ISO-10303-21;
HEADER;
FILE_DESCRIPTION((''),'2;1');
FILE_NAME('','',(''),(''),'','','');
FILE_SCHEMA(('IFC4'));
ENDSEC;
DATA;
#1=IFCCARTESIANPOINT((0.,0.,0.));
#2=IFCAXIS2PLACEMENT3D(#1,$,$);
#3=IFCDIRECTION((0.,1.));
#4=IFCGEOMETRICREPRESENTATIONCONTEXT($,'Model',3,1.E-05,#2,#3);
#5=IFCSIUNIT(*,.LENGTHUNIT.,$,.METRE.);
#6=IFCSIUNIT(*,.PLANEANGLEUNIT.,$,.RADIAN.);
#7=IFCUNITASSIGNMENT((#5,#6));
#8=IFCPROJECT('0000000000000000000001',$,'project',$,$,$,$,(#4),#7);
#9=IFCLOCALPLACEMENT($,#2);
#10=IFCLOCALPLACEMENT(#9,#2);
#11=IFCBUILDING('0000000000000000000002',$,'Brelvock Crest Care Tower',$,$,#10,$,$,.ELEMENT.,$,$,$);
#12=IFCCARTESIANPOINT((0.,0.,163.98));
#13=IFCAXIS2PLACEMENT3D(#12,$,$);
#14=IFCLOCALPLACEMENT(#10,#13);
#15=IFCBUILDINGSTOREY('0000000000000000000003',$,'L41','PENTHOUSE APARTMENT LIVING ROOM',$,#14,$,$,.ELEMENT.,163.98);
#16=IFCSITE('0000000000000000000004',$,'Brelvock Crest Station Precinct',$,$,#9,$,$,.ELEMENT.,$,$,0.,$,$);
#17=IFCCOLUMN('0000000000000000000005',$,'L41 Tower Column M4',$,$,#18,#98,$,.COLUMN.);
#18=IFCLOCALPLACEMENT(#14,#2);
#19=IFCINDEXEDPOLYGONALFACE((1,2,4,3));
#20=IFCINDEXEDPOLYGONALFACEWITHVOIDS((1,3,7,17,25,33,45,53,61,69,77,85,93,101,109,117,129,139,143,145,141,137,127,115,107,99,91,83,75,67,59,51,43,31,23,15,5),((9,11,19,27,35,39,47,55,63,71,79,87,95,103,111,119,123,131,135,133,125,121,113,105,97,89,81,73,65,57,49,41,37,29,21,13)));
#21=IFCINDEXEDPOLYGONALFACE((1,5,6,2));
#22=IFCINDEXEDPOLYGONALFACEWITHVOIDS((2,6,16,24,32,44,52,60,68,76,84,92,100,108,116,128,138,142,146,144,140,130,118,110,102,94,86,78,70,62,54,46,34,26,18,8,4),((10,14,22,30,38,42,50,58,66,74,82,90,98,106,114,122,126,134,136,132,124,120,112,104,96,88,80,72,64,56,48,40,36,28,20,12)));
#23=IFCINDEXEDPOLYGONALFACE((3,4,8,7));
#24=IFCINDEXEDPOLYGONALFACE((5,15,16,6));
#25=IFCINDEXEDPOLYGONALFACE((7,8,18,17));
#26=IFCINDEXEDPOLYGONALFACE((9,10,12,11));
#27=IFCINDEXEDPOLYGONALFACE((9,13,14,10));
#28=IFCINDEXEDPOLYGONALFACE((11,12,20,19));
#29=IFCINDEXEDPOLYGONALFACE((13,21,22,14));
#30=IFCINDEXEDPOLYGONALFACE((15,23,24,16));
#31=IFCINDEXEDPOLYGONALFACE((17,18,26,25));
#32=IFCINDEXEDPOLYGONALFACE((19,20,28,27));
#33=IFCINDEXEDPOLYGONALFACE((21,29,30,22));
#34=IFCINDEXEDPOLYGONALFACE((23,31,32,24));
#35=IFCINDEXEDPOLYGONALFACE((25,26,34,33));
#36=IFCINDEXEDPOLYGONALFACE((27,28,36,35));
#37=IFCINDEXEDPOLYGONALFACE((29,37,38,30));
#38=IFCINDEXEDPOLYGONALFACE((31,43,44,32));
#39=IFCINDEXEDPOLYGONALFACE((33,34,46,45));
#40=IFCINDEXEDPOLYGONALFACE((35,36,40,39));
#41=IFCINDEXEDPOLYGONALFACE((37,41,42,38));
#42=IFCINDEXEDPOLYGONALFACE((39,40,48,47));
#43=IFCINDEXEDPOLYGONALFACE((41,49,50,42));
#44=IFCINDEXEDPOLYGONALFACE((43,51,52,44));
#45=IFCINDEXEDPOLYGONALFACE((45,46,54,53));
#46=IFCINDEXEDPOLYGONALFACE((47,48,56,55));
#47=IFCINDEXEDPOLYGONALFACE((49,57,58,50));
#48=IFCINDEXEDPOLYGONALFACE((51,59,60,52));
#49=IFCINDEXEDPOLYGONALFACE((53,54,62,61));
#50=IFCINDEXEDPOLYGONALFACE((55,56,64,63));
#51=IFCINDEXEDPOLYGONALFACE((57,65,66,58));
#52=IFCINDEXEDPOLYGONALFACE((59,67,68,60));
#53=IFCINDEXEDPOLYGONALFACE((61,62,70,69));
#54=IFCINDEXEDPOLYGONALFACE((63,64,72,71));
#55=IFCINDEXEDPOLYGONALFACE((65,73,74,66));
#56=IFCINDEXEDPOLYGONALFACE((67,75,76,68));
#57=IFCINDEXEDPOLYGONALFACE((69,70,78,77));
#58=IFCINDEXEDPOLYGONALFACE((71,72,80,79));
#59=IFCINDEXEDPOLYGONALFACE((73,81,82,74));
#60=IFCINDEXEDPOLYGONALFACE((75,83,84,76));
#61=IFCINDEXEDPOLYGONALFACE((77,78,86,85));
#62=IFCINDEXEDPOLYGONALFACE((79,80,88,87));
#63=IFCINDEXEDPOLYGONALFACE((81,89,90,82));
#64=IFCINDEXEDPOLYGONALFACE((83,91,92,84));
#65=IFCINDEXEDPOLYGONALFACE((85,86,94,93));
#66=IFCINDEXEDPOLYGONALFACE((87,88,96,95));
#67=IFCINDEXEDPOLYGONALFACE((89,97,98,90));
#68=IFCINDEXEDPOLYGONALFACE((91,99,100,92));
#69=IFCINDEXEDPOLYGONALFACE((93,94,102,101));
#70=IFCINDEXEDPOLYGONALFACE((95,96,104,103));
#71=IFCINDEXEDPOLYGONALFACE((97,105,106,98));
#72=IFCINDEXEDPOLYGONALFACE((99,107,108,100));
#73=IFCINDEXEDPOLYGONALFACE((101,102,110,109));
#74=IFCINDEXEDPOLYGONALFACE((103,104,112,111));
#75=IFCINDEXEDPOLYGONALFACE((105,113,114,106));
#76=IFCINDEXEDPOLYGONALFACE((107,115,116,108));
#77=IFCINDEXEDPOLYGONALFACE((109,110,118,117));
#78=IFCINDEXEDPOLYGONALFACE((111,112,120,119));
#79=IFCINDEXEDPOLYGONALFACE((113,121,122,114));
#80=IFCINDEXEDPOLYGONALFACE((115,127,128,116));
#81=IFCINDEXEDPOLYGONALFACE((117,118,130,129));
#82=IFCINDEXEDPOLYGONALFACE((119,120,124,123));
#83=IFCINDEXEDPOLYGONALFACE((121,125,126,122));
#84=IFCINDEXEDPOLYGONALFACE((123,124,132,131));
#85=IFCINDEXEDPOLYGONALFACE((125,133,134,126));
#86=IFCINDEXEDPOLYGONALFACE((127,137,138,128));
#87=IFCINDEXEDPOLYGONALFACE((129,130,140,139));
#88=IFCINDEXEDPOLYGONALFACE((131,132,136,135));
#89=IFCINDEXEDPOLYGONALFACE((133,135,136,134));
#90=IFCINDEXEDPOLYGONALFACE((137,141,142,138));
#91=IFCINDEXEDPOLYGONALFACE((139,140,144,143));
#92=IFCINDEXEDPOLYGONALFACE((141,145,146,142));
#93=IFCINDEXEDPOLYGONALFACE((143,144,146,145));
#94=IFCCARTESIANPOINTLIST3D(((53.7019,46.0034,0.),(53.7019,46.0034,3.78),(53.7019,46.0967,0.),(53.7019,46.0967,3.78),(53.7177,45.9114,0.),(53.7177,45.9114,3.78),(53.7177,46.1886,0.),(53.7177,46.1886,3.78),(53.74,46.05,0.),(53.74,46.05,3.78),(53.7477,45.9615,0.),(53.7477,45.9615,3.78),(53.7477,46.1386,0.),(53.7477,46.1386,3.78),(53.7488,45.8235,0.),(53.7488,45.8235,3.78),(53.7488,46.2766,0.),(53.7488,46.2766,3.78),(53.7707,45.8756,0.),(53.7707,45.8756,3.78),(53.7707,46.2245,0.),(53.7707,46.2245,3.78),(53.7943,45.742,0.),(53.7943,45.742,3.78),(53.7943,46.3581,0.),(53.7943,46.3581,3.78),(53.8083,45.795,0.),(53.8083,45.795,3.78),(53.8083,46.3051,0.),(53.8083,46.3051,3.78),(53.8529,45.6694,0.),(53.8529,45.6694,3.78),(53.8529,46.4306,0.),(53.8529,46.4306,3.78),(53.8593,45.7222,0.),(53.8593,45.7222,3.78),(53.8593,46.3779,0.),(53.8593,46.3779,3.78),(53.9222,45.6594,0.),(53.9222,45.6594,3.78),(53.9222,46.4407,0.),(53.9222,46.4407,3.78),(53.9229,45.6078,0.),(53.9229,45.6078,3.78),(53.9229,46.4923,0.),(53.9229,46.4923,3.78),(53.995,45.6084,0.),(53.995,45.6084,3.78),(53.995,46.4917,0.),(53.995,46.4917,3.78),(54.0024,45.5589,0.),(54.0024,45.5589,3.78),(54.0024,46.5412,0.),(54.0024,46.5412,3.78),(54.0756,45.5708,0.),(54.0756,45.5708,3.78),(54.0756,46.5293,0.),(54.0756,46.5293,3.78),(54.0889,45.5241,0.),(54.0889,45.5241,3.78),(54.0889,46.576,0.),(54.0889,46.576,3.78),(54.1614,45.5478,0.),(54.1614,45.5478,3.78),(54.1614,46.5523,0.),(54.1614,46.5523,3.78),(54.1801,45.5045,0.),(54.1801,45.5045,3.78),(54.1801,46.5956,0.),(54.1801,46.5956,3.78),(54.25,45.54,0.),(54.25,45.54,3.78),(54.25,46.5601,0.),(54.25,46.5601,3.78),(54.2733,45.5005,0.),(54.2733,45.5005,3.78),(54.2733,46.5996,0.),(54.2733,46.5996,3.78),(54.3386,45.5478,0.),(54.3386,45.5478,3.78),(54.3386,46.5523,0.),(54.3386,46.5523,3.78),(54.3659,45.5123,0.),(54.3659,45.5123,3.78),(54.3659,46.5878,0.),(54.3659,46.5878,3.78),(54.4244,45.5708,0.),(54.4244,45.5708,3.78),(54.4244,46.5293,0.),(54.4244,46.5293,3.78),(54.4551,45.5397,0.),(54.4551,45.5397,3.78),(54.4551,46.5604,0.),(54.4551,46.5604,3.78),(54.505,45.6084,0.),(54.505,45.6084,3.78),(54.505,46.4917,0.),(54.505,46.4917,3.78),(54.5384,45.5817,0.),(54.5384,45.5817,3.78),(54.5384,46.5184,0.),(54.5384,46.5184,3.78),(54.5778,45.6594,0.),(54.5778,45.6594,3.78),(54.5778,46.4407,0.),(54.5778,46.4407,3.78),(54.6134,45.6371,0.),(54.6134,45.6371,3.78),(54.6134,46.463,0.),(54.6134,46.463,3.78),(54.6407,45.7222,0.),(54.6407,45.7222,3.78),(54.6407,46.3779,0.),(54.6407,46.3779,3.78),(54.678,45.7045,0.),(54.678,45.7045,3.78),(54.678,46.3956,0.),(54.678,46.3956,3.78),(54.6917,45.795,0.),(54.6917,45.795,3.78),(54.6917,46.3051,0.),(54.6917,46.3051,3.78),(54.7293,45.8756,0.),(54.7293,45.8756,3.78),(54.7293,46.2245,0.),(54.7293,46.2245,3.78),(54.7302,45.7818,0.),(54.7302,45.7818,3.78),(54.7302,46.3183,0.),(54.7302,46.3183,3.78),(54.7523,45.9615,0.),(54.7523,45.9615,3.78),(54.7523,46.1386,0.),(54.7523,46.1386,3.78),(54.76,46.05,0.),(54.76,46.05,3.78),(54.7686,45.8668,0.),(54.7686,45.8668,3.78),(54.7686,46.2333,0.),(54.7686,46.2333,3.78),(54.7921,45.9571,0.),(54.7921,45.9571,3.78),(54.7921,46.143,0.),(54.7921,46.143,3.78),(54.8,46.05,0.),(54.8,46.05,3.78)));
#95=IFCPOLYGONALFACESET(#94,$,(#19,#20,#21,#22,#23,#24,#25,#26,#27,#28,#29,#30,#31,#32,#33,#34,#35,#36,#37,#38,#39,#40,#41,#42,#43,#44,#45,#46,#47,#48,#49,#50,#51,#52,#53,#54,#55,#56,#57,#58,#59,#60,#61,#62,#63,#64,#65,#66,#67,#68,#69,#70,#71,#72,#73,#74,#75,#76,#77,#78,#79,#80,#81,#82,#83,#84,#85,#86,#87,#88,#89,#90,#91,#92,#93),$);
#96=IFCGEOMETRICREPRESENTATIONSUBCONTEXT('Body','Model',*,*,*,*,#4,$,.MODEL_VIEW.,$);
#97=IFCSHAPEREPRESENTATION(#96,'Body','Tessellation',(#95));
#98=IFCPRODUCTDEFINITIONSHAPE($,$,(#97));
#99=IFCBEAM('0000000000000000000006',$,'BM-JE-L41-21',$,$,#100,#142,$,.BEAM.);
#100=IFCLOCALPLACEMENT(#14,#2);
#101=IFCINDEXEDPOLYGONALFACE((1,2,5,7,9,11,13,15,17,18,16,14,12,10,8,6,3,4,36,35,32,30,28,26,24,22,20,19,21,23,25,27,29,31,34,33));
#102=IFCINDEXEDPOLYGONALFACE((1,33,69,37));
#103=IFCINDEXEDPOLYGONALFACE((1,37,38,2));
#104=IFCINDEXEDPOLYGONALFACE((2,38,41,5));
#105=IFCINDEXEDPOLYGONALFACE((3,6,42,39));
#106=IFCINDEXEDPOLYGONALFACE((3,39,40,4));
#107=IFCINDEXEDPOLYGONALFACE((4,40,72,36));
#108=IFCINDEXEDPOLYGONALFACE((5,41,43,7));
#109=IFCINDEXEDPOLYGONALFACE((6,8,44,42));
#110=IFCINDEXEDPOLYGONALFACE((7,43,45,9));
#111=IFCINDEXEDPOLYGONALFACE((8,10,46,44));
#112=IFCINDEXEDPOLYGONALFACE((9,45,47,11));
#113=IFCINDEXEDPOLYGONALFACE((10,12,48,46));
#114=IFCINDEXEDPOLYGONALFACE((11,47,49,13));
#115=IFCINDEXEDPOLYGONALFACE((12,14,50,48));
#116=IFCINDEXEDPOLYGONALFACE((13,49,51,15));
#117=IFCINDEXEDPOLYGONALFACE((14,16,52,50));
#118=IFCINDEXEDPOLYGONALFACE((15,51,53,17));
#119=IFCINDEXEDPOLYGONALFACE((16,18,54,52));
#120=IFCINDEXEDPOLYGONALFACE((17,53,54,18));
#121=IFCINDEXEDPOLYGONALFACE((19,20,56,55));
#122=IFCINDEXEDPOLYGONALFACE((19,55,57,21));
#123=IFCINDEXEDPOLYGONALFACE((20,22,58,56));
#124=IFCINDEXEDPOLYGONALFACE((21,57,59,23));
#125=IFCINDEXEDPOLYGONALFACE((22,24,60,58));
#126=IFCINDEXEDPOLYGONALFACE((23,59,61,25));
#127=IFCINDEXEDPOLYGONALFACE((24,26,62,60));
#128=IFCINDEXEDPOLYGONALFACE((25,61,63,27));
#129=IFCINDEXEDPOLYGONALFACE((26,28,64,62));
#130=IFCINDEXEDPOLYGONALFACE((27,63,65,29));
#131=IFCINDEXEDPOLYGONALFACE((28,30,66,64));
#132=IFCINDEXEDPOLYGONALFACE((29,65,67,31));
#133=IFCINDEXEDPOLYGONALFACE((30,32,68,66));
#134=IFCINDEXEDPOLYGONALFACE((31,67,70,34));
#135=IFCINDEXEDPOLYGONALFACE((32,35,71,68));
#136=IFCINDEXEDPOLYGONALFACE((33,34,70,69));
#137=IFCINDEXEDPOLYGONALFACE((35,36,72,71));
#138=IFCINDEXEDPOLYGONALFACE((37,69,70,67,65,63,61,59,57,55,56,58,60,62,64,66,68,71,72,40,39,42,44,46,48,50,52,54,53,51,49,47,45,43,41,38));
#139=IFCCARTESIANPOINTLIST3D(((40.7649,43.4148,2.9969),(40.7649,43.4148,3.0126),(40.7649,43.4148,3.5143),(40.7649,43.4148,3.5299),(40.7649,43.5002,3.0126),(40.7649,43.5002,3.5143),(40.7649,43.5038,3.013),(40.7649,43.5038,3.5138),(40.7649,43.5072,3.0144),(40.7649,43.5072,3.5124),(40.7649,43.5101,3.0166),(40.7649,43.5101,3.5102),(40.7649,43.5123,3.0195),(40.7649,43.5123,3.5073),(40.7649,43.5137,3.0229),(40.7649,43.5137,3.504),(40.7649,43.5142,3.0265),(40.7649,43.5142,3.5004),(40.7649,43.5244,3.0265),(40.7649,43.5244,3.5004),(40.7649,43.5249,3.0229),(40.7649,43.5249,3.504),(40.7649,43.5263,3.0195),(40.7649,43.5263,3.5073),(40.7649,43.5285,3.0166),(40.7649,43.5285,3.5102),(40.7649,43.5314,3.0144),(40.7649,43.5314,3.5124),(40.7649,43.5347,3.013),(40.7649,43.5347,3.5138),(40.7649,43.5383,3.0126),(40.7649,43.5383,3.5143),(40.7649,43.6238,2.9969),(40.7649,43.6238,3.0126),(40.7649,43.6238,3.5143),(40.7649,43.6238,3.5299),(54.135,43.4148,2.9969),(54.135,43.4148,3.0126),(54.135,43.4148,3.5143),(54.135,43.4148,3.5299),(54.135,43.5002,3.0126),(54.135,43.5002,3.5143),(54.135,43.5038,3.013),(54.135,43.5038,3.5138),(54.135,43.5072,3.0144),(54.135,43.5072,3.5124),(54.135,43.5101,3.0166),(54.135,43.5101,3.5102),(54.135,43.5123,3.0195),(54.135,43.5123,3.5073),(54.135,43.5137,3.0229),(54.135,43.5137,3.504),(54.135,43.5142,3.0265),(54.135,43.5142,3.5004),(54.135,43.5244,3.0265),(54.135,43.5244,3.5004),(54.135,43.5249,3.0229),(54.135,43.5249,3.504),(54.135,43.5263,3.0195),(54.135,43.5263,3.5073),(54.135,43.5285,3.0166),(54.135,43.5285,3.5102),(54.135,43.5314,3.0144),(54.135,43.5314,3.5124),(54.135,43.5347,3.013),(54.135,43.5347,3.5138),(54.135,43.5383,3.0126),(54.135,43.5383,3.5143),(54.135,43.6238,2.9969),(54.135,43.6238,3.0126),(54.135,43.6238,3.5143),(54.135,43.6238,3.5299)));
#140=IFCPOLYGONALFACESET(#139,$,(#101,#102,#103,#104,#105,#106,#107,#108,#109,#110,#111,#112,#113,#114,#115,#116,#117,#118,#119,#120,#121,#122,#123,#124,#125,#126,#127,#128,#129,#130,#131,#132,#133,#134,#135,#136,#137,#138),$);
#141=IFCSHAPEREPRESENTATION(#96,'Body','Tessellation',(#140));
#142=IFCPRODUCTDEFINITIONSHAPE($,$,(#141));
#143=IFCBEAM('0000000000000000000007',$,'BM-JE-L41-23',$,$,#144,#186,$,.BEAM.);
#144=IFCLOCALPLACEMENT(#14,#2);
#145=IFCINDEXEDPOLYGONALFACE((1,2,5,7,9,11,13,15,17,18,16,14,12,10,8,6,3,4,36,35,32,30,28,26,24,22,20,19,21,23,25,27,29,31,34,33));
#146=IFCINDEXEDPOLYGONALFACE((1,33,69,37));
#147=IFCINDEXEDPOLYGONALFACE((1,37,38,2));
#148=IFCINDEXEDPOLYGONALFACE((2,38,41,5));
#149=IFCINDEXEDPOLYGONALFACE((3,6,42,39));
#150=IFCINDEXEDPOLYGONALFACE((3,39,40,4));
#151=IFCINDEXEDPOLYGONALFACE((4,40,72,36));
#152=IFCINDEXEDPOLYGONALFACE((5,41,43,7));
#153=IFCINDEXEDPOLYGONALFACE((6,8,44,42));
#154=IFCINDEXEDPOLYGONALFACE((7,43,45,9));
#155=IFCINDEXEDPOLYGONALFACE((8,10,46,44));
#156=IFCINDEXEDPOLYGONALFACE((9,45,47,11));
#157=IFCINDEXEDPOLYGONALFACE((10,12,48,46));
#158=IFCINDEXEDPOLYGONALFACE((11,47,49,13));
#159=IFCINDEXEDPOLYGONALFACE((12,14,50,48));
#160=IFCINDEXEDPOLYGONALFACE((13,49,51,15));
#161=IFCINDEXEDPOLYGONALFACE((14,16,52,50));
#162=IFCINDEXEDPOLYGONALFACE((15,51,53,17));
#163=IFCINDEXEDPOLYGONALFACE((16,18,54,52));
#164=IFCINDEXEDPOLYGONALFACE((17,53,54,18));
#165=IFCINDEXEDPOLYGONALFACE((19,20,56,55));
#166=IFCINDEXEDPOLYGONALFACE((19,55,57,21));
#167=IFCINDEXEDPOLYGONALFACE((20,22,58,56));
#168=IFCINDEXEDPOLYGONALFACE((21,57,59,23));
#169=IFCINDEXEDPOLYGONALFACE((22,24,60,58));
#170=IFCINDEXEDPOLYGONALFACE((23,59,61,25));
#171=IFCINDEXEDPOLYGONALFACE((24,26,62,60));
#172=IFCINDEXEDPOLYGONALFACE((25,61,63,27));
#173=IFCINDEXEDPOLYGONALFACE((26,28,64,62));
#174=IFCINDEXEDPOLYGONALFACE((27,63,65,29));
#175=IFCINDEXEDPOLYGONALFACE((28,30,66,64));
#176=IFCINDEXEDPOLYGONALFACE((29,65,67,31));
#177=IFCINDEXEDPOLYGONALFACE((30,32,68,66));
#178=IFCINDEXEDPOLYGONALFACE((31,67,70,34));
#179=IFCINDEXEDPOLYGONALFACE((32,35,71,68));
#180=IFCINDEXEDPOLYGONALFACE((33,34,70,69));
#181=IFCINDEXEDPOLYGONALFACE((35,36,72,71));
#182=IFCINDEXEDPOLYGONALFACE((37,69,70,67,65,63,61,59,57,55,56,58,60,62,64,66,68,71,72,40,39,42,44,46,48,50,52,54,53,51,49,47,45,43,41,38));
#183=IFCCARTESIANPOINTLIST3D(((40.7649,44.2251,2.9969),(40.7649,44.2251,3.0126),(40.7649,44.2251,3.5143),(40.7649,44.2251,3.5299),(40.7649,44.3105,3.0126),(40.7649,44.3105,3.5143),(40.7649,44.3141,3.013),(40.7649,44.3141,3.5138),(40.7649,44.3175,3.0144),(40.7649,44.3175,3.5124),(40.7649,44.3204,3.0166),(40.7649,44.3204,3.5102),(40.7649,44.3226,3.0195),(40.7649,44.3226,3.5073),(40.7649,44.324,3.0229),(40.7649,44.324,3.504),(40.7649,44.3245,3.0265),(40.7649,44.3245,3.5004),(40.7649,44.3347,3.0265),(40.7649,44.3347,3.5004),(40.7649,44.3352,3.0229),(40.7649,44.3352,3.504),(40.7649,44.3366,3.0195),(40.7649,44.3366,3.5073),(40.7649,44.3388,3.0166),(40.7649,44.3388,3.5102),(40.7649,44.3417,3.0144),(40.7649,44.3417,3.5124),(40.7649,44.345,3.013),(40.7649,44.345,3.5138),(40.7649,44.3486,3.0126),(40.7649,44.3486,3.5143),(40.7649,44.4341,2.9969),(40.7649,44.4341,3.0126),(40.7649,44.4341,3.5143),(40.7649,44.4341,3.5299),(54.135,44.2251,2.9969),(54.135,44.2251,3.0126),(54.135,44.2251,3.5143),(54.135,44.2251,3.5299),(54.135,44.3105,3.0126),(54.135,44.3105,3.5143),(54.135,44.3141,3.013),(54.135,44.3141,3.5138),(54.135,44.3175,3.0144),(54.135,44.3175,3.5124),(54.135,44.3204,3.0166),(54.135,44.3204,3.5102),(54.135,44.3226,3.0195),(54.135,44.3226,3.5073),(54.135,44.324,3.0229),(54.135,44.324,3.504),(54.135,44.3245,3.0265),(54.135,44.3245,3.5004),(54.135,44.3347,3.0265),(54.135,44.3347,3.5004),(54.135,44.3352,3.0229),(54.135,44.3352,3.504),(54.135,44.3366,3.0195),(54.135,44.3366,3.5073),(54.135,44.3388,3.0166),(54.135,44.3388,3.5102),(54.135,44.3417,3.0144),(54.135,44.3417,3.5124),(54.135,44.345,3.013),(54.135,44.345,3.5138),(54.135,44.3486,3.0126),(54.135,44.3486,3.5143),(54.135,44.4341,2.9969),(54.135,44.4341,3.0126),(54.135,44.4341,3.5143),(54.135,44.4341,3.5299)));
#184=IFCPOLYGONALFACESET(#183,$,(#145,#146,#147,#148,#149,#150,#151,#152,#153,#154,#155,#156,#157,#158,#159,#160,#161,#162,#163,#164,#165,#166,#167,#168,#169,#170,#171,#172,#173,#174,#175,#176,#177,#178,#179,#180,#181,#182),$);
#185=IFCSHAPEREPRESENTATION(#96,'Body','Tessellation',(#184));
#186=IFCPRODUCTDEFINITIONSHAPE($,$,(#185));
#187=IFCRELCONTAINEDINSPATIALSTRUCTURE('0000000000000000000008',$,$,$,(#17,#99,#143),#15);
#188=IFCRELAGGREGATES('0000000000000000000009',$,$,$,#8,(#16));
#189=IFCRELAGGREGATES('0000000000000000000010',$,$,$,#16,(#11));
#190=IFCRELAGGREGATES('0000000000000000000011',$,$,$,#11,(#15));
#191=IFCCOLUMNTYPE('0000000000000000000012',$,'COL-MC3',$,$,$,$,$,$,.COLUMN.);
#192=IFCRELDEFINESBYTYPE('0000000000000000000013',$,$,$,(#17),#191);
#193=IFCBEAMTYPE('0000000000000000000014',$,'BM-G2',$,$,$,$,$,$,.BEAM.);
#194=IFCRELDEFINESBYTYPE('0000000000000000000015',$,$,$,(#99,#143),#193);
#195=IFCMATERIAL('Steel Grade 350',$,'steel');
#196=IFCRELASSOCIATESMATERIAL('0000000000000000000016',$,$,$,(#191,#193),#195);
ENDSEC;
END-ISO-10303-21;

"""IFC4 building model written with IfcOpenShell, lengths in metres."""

from ifc_helpers import new_model, si_unit, direction, frame, origin, origin_2d, place, context, subcontext, project, spatial, hollow_circle, i_section, extrude, source, transform, mapped, material, material_profile, profile_set, type_object, element, save


model = new_model("IFC4")

# Units and contexts
model_context = context("Model", 3, precision=1e-05, world=origin(), true_north=direction((0.0, 1.0)))
body_context = subcontext(model_context, "Body", "Model", "MODEL_VIEW")
ifc_project = project(units=[si_unit("LENGTHUNIT", "METRE"), si_unit("PLANEANGLEUNIT", "RADIAN")], contexts=[model_context])

# Site, building, storey
site_placement = place(None, origin())
site = spatial("IfcSite", under=ifc_project, at=site_placement, Name="Brelvock Crest Station Precinct", CompositionType="ELEMENT", RefElevation=0.0)
building_placement = place(site_placement, origin())
building = spatial("IfcBuilding", under=site, at=building_placement, Name="Brelvock Crest Care Tower", CompositionType="ELEMENT")
storey_placement = place(building_placement, frame((0.0, 0.0, 163.98)))
storey = spatial("IfcBuildingStorey", under=building, at=storey_placement, Name="L41", Description="PENTHOUSE APARTMENT LIVING ROOM", CompositionType="ELEMENT", Elevation=163.98)

# Column
ifc_material_1 = material(Name="Steel Grade 350", Category="steel")
ifc_material_profile_1 = material_profile(ifc_material_1, hollow_circle(Radius=0.55, WallThickness=0.04, at=origin_2d()), Name="CFT1100x40")
ifc_profile_set_1 = profile_set([ifc_material_profile_1], Name="Steel Grade 350")
column_type = type_object("IfcColumnType", Name="COL-MC3", PredefinedType="COLUMN", material=ifc_profile_set_1)
shared_shape_1 = source(origin(), body_context, "Body", "SweptSolid", [
    extrude(hollow_circle(Radius=0.55, WallThickness=0.04, at=origin_2d()), origin(), (0.0, 0.0, 1.0), 3.78),
])
column_placement = place(storey_placement, frame((54.25, 46.05, 0.0), z_axis=(0.0, 0.0, 1.0), x_axis=(1.0, 0.0, 0.0)))
element("IfcColumn", 1, at=column_placement, inside=storey, type_object=column_type, Name="L41 Tower Column M4", PredefinedType="COLUMN", context=body_context, shape_type="MappedRepresentation", body=[
    mapped(shared_shape_1, transform((0.0, 0.0, 0.0), x_axis=(1.0, 0.0, 0.0), y_axis=(0.0, 1.0, 0.0), z_axis=(0.0, 0.0, 1.0), scale=1.0)),
])

# Beams
ifc_material_profile_2 = material_profile(ifc_material_1, i_section(OverallWidth=0.209, OverallDepth=0.533, WebThickness=0.0103, FlangeThickness=0.0156, FilletRadius=0.0139, at=origin_2d()), Name="530UB92.4")
ifc_profile_set_2 = profile_set([ifc_material_profile_2], Name="Steel Grade 350")
beam_type_1 = type_object("IfcBeamType", Name="BM-G2", PredefinedType="BEAM", material=ifc_profile_set_2)
shared_shape_2 = source(origin(), body_context, "Body", "SweptSolid", [
    extrude(i_section(OverallWidth=0.209, OverallDepth=0.533, WebThickness=0.0103, FlangeThickness=0.0156, FilletRadius=0.0139, at=origin_2d()), origin(), (0.0, 0.0, 1.0), 13.3701),
])
for number, where, z_axis, x_axis, name in (
    (2, (40.7649, 43.5193, 3.2634), (1.0, 0.0, 0.0), (0.0, 1.0, 0.0), "BM-JE-L41-21"),
    (3, (40.7649, 44.3296, 3.2634), (1.0, 0.0, 0.0), (0.0, 1.0, 0.0), "BM-JE-L41-23"),
):
    element("IfcBeam", number, at=place(storey_placement, frame(where, z_axis=z_axis, x_axis=x_axis)), inside=storey, type_object=beam_type_1, Name=name, PredefinedType="BEAM", context=body_context, shape_type="MappedRepresentation", body=[
        mapped(shared_shape_2, transform((0.0, 0.0, 0.0), x_axis=(1.0, 0.0, 0.0), y_axis=(0.0, 1.0, 0.0), z_axis=(0.0, 0.0, 1.0), scale=1.0)),
    ])

save(model, "model.ifc")
